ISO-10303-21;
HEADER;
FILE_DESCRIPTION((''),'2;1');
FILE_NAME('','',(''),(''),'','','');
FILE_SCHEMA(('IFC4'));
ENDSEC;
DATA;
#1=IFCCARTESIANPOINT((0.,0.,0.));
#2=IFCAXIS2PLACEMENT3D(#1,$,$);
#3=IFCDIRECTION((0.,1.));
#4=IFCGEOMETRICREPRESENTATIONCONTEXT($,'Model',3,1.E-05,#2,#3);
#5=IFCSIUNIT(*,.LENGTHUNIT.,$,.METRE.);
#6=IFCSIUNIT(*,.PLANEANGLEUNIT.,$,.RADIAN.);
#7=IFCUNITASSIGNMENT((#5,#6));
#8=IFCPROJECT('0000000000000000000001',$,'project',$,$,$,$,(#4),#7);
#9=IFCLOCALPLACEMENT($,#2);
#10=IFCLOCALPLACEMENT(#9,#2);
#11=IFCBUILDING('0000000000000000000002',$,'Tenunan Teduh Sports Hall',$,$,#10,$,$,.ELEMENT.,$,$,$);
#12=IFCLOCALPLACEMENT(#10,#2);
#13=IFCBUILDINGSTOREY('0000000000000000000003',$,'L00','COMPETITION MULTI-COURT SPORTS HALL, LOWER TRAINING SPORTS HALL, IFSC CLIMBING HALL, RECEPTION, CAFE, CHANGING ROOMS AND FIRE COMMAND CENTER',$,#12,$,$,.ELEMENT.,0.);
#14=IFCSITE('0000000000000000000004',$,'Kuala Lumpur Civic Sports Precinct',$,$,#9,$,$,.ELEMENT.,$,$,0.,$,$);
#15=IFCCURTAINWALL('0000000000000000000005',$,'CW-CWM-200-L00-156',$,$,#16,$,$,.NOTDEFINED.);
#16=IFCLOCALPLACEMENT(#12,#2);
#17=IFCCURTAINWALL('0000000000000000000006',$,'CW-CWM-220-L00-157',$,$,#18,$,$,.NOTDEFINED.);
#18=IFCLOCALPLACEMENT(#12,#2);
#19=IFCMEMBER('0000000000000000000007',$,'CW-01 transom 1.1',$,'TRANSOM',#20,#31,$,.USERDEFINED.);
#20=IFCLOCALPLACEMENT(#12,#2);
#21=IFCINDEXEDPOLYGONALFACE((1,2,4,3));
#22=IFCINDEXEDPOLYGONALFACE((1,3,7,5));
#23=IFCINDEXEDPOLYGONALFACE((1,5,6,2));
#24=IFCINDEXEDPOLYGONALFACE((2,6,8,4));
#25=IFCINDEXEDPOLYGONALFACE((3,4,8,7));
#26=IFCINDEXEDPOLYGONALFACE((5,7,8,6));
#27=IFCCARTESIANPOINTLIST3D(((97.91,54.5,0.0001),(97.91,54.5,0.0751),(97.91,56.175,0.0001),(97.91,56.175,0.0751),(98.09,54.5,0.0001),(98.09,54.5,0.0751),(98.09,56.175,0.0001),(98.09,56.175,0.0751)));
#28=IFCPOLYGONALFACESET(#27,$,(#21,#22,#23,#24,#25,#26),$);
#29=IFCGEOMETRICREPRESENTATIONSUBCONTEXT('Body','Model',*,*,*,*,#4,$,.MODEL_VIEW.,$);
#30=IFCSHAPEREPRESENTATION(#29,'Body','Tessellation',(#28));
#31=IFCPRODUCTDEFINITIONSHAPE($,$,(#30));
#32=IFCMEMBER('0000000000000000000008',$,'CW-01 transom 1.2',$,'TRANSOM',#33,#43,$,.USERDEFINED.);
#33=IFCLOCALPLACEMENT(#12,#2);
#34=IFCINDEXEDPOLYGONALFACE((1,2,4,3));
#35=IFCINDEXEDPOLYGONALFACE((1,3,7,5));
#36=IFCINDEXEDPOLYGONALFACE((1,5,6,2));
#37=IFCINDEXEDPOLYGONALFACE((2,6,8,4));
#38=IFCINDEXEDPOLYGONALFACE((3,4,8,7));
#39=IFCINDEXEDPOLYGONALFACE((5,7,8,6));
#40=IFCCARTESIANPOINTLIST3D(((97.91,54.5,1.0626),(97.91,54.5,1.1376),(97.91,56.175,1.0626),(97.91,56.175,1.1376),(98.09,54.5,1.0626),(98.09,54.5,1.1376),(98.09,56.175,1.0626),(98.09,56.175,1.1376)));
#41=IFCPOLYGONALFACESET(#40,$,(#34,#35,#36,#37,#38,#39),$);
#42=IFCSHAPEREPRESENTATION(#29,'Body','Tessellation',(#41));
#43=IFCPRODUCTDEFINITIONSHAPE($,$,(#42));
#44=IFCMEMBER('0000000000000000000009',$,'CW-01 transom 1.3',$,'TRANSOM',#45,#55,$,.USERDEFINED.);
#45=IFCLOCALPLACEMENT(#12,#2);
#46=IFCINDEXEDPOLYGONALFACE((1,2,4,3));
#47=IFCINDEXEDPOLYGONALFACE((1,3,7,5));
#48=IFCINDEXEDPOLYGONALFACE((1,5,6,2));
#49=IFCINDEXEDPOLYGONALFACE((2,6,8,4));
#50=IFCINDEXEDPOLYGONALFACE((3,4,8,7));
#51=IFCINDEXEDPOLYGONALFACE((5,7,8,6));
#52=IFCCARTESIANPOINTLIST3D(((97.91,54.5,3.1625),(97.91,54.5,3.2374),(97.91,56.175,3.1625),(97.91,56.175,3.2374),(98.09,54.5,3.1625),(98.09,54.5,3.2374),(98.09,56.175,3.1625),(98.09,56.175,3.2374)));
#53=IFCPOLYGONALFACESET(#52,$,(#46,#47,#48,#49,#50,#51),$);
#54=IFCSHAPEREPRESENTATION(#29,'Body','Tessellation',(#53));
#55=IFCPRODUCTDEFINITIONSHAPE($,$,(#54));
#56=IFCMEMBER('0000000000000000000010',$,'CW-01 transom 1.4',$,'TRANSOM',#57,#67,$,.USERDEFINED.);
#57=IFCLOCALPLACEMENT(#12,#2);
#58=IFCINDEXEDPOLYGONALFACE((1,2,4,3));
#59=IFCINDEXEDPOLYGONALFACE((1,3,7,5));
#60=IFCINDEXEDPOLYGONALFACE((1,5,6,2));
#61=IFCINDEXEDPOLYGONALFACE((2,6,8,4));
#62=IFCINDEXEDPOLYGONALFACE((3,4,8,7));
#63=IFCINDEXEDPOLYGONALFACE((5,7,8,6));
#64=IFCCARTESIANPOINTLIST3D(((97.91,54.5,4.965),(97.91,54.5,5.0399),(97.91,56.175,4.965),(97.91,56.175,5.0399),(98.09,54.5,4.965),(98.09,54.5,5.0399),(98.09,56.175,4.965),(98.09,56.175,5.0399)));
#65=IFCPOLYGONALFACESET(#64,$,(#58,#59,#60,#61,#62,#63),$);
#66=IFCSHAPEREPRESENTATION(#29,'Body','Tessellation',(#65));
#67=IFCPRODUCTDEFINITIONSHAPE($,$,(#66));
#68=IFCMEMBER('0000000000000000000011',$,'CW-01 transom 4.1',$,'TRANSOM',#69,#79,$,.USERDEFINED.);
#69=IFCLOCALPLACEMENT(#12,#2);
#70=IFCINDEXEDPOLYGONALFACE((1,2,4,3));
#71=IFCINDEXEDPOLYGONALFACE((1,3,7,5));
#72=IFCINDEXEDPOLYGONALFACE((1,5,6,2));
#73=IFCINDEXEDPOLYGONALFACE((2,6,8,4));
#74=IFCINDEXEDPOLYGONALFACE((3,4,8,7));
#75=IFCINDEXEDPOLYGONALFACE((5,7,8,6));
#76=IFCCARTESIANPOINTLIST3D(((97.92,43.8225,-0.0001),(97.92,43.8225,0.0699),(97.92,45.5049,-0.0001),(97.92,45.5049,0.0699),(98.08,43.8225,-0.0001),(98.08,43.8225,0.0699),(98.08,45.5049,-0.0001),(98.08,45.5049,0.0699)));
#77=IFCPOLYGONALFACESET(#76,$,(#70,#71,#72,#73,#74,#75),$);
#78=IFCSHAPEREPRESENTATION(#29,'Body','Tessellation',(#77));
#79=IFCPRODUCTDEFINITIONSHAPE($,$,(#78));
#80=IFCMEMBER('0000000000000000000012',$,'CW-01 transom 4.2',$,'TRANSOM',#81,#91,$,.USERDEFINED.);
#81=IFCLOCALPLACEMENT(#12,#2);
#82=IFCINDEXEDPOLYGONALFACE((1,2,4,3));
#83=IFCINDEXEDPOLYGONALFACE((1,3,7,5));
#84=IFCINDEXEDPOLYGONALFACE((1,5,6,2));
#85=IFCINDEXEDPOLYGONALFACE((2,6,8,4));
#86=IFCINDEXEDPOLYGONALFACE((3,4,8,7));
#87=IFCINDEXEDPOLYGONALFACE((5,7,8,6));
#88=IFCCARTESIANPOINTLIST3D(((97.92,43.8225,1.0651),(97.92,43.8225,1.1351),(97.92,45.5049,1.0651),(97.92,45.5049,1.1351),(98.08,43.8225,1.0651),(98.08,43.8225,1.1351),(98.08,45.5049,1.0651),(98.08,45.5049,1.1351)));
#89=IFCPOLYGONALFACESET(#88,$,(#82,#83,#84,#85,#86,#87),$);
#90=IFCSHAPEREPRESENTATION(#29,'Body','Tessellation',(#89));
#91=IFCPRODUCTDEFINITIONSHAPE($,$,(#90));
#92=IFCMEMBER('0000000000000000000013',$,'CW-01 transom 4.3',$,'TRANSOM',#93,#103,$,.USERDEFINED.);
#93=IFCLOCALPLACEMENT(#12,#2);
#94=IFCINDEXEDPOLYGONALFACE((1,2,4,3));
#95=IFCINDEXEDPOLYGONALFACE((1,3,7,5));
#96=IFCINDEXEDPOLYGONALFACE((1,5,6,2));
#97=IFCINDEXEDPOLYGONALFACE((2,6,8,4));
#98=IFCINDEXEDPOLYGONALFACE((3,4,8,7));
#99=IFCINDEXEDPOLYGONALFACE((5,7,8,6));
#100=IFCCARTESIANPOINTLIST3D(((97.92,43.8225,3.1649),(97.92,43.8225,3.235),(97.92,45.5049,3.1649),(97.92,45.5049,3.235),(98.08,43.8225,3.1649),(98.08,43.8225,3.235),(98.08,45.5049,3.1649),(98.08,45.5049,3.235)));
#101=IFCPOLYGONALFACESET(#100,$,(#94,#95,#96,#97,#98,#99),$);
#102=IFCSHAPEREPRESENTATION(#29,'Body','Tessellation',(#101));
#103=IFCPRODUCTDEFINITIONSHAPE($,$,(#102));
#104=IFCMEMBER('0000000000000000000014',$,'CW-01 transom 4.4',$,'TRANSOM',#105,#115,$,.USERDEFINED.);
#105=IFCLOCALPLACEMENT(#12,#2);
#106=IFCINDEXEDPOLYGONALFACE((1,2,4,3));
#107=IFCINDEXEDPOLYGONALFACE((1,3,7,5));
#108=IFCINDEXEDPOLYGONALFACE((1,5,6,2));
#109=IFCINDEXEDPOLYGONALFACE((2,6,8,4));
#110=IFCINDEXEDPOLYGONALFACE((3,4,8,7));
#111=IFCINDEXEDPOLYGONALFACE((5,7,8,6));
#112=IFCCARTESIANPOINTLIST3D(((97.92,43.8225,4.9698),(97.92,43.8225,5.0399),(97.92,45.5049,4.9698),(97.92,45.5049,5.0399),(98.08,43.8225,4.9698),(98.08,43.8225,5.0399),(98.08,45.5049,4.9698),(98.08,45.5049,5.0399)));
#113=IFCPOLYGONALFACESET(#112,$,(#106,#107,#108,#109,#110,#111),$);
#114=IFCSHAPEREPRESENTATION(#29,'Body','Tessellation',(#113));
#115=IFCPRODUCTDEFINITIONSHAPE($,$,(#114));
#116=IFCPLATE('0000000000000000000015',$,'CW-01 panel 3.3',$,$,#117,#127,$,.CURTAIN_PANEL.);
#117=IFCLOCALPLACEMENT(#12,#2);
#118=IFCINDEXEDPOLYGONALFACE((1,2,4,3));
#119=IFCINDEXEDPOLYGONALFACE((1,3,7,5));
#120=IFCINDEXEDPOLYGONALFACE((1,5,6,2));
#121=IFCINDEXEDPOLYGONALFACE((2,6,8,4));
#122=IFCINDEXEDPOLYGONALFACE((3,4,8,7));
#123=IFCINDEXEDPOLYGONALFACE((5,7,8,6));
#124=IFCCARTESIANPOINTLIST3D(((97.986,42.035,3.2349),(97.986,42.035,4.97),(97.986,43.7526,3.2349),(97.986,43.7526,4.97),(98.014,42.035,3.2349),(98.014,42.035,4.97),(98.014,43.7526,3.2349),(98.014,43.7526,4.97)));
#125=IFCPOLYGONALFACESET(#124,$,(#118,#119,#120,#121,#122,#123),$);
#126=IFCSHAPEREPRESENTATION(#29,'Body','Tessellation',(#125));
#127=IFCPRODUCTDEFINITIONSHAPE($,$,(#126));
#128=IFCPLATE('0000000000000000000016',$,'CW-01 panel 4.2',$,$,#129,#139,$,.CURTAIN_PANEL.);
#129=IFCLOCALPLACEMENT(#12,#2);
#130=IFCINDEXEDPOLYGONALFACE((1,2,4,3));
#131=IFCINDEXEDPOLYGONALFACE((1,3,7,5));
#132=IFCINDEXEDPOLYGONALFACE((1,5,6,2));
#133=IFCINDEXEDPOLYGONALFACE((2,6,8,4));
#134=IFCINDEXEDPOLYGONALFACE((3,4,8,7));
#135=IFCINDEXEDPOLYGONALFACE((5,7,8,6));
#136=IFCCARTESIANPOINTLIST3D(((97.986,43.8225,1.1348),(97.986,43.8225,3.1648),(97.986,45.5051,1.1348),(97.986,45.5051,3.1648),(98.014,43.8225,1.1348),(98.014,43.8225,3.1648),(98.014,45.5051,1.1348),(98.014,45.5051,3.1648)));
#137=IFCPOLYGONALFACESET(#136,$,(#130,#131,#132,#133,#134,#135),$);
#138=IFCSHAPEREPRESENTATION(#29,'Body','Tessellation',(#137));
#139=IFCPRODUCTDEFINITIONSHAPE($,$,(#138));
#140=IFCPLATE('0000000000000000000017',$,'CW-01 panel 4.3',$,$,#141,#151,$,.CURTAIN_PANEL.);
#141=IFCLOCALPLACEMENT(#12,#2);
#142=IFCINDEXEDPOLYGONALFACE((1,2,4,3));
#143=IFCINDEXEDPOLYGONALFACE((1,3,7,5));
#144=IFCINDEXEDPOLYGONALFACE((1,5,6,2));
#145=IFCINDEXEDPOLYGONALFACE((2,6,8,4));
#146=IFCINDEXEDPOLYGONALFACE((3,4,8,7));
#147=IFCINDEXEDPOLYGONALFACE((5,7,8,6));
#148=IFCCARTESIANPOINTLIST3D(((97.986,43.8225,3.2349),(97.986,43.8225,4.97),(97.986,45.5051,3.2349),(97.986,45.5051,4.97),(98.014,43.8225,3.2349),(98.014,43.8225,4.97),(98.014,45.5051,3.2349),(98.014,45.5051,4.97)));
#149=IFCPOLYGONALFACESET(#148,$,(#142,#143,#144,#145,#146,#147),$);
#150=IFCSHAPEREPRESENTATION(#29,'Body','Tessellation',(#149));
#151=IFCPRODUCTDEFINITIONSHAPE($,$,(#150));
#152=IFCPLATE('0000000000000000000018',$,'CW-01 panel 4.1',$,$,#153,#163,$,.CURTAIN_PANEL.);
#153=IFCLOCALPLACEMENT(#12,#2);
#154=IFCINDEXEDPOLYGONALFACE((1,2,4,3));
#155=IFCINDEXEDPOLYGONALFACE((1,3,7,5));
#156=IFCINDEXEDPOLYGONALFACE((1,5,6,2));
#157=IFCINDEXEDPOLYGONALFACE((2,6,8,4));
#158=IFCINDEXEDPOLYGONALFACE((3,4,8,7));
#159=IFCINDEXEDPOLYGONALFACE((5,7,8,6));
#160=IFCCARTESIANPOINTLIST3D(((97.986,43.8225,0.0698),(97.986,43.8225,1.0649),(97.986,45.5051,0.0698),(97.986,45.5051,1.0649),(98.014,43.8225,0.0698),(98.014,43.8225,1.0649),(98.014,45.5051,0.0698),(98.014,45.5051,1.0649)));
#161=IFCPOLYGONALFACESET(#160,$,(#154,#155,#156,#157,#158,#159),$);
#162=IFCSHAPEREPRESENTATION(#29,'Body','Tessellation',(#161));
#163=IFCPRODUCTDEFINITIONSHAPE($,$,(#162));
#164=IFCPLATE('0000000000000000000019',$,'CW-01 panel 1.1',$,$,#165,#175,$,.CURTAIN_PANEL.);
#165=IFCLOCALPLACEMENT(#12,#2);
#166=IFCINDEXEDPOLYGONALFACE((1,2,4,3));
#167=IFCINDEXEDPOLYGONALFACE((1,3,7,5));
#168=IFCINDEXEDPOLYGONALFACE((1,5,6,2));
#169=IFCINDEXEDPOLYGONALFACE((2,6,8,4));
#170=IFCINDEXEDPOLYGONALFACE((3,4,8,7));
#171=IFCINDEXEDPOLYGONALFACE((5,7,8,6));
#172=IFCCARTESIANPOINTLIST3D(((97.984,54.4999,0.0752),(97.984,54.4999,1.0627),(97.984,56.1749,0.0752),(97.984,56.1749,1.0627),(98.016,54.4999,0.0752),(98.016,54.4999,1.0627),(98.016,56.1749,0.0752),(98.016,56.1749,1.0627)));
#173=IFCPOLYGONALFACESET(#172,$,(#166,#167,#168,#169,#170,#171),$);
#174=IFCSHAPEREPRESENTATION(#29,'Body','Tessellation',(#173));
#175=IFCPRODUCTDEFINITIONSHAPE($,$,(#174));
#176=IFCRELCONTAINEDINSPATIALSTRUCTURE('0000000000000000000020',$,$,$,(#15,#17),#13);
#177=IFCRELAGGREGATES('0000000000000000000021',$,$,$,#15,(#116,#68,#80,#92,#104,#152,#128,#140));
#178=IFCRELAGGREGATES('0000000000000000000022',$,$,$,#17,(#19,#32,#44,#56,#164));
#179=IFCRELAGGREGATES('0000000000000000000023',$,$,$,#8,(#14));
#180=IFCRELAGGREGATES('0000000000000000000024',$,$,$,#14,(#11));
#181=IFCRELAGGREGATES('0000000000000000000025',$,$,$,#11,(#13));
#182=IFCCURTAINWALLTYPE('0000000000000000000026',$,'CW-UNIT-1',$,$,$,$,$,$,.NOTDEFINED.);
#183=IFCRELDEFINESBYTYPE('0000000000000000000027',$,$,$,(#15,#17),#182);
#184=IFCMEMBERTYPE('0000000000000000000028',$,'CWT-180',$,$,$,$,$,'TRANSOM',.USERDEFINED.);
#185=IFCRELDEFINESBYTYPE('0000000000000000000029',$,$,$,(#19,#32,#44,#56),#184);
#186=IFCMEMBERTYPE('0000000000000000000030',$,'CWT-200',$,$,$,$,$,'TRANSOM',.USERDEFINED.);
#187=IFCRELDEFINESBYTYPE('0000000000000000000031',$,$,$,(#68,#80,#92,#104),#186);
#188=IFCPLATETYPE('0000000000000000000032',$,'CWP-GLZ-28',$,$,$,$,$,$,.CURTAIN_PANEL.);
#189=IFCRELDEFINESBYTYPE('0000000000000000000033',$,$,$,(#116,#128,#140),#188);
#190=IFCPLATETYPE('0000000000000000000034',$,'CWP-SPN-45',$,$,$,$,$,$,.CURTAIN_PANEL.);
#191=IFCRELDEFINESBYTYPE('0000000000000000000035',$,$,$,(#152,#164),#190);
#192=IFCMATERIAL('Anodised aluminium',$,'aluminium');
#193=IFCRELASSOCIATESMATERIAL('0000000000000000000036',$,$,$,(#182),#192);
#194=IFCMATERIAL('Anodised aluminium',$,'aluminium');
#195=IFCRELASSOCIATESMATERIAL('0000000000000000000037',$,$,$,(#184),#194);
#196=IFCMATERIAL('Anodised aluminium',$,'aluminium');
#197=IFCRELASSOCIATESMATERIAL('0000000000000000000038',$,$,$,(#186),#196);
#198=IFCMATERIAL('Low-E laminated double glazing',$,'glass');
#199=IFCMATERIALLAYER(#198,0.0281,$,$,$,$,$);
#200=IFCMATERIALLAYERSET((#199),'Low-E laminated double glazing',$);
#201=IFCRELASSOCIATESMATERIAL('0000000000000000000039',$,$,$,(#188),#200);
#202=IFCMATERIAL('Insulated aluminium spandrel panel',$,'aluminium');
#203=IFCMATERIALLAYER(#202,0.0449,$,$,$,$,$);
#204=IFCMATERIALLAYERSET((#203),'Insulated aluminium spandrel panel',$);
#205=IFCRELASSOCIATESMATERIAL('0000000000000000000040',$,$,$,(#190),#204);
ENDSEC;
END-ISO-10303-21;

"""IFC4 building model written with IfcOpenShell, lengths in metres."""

from ifc_helpers import new_model, si_unit, direction, frame, origin, origin_2d, place, context, subcontext, project, spatial, rectangle, extrude, material, layer, layer_set, material_profile, profile_set, type_object, element, aggregate, save


model = new_model("IFC4")

# Units and contexts
model_context = context("Model", 3, precision=1e-05, world=origin(), true_north=direction((0.0, 1.0)))
body_context = subcontext(model_context, "Body", "Model", "MODEL_VIEW")
ifc_project = project(units=[si_unit("LENGTHUNIT", "METRE"), si_unit("PLANEANGLEUNIT", "RADIAN")], contexts=[model_context])

# Site, building, storey
site_placement = place(None, origin())
site = spatial("IfcSite", under=ifc_project, at=site_placement, Name="Kuala Lumpur Civic Sports Precinct", CompositionType="ELEMENT", RefElevation=0.0)
building_placement = place(site_placement, origin())
building = spatial("IfcBuilding", under=site, at=building_placement, Name="Tenunan Teduh Sports Hall", CompositionType="ELEMENT")
storey_placement = place(building_placement, origin())
storey = spatial("IfcBuildingStorey", under=building, at=storey_placement, Name="L00", Description="COMPETITION MULTI-COURT SPORTS HALL, LOWER TRAINING SPORTS HALL, IFSC CLIMBING HALL, RECEPTION, CAFE, CHANGING ROOMS AND FIRE COMMAND CENTER", CompositionType="ELEMENT", Elevation=0.0)

# Curtain walls, members
ifc_material_1 = material(Name="Anodised aluminium", Category="aluminium")
curtain_wall_type = type_object("IfcCurtainWallType", Name="CW-UNIT-1", PredefinedType="NOTDEFINED", material=ifc_material_1)
curtain_wall_1_placement = place(storey_placement, origin())
curtain_wall_1 = element("IfcCurtainWall", 1, at=curtain_wall_1_placement, inside=storey, type_object=curtain_wall_type, Name="CW-CWM-200-L00-156", PredefinedType="NOTDEFINED")
curtain_wall_2_placement = place(storey_placement, origin())
curtain_wall_2 = element("IfcCurtainWall", 2, at=curtain_wall_2_placement, inside=storey, type_object=curtain_wall_type, Name="CW-CWM-220-L00-157", PredefinedType="NOTDEFINED")
ifc_material_2 = material(Name="Anodised aluminium", Category="aluminium")
ifc_material_profile_1 = material_profile(ifc_material_2, rectangle(XDim=0.075, YDim=0.1799, at=origin_2d()), Name="CWT 75x180")
ifc_profile_set_1 = profile_set([ifc_material_profile_1], Name="Anodised aluminium")
member_type_1 = type_object("IfcMemberType", Name="CWT-180", ElementType="TRANSOM", PredefinedType="USERDEFINED", material=ifc_profile_set_1)
member_1_placement = place(storey_placement, frame((98.0, 54.5, 0.0376), z_axis=(0.0, 1.0, 0.0), x_axis=(0.0, 0.0, 1.0)))
member_1 = element("IfcMember", 3, at=member_1_placement, type_object=member_type_1, Name="CW-01 transom 1.1", ObjectType="TRANSOM", PredefinedType="USERDEFINED", context=body_context, shape_type="SweptSolid", body=[
    extrude(rectangle(XDim=0.075, YDim=0.1799, at=origin_2d()), origin(), (0.0, 0.0, 1.0), 1.675),
])
member_2_placement = place(storey_placement, frame((98.0, 54.5, 1.1001), z_axis=(0.0, 1.0, 0.0), x_axis=(0.0, 0.0, 1.0)))
member_2 = element("IfcMember", 4, at=member_2_placement, type_object=member_type_1, Name="CW-01 transom 1.2", ObjectType="TRANSOM", PredefinedType="USERDEFINED", context=body_context, shape_type="SweptSolid", body=[
    extrude(rectangle(XDim=0.075, YDim=0.1799, at=origin_2d()), origin(), (0.0, 0.0, 1.0), 1.675),
])
member_3_placement = place(storey_placement, frame((98.0, 54.5, 3.2), z_axis=(0.0, 1.0, 0.0), x_axis=(0.0, 0.0, 1.0)))
member_3 = element("IfcMember", 5, at=member_3_placement, type_object=member_type_1, Name="CW-01 transom 1.3", ObjectType="TRANSOM", PredefinedType="USERDEFINED", context=body_context, shape_type="SweptSolid", body=[
    extrude(rectangle(XDim=0.075, YDim=0.1799, at=origin_2d()), origin(), (0.0, 0.0, 1.0), 1.675),
])
member_4_placement = place(storey_placement, frame((98.0, 54.5, 5.0024), z_axis=(0.0, 1.0, 0.0), x_axis=(0.0, 0.0, 1.0)))
member_4 = element("IfcMember", 6, at=member_4_placement, type_object=member_type_1, Name="CW-01 transom 1.4", ObjectType="TRANSOM", PredefinedType="USERDEFINED", context=body_context, shape_type="SweptSolid", body=[
    extrude(rectangle(XDim=0.075, YDim=0.1799, at=origin_2d()), origin(), (0.0, 0.0, 1.0), 1.675),
])

# Members
ifc_material_3 = material(Name="Anodised aluminium", Category="aluminium")
ifc_material_profile_2 = material_profile(ifc_material_3, rectangle(XDim=0.0701, YDim=0.1599, at=origin_2d()), Name="CWT 70x160")
ifc_profile_set_2 = profile_set([ifc_material_profile_2], Name="Anodised aluminium")
member_type_2 = type_object("IfcMemberType", Name="CWT-200", ElementType="TRANSOM", PredefinedType="USERDEFINED", material=ifc_profile_set_2)
member_5_placement = place(storey_placement, frame((98.0, 43.8225, 0.0349), z_axis=(0.0, 1.0, 0.0), x_axis=(0.0, 0.0, 1.0)))
member_5 = element("IfcMember", 7, at=member_5_placement, type_object=member_type_2, Name="CW-01 transom 4.1", ObjectType="TRANSOM", PredefinedType="USERDEFINED", context=body_context, shape_type="SweptSolid", body=[
    extrude(rectangle(XDim=0.0701, YDim=0.1599, at=origin_2d()), origin(), (0.0, 0.0, 1.0), 1.6824),
])
member_6_placement = place(storey_placement, frame((98.0, 43.8225, 1.1001), z_axis=(0.0, 1.0, 0.0), x_axis=(0.0, 0.0, 1.0)))
member_6 = element("IfcMember", 8, at=member_6_placement, type_object=member_type_2, Name="CW-01 transom 4.2", ObjectType="TRANSOM", PredefinedType="USERDEFINED", context=body_context, shape_type="SweptSolid", body=[
    extrude(rectangle(XDim=0.0701, YDim=0.1599, at=origin_2d()), origin(), (0.0, 0.0, 1.0), 1.6824),
])
member_7_placement = place(storey_placement, frame((98.0, 43.8225, 3.2), z_axis=(0.0, 1.0, 0.0), x_axis=(0.0, 0.0, 1.0)))
member_7 = element("IfcMember", 9, at=member_7_placement, type_object=member_type_2, Name="CW-01 transom 4.3", ObjectType="TRANSOM", PredefinedType="USERDEFINED", context=body_context, shape_type="SweptSolid", body=[
    extrude(rectangle(XDim=0.0701, YDim=0.1599, at=origin_2d()), origin(), (0.0, 0.0, 1.0), 1.6824),
])
member_8_placement = place(storey_placement, frame((98.0, 43.8225, 5.0049), z_axis=(0.0, 1.0, 0.0), x_axis=(0.0, 0.0, 1.0)))
member_8 = element("IfcMember", 10, at=member_8_placement, type_object=member_type_2, Name="CW-01 transom 4.4", ObjectType="TRANSOM", PredefinedType="USERDEFINED", context=body_context, shape_type="SweptSolid", body=[
    extrude(rectangle(XDim=0.0701, YDim=0.1599, at=origin_2d()), origin(), (0.0, 0.0, 1.0), 1.6824),
])

# Plates
ifc_material_4 = material(Name="Low-E laminated double glazing", Category="glass")
ifc_layer_1 = layer(ifc_material_4, 0.0281)
ifc_layer_set_1 = layer_set([ifc_layer_1], Name="Low-E laminated double glazing")
plate_type_1 = type_object("IfcPlateType", Name="CWP-GLZ-28", PredefinedType="CURTAIN_PANEL", material=ifc_layer_set_1)
plate_1_placement = place(storey_placement, frame((98.0, 42.8938, 3.2349), z_axis=(0.0, 0.0, 1.0), x_axis=(0.0, 1.0, 0.0)))
plate_1 = element("IfcPlate", 11, at=plate_1_placement, type_object=plate_type_1, Name="CW-01 panel 3.3", PredefinedType="CURTAIN_PANEL", context=body_context, shape_type="SweptSolid", body=[
    extrude(rectangle(XDim=1.7175, YDim=0.0281, at=origin_2d()), origin(), (0.0, 0.0, 1.0), 1.7351),
])
plate_2_placement = place(storey_placement, frame((98.0, 44.6638, 1.1348), z_axis=(0.0, 0.0, 1.0), x_axis=(0.0, 1.0, 0.0)))
plate_2 = element("IfcPlate", 12, at=plate_2_placement, type_object=plate_type_1, Name="CW-01 panel 4.2", PredefinedType="CURTAIN_PANEL", context=body_context, shape_type="SweptSolid", body=[
    extrude(rectangle(XDim=1.6826, YDim=0.0281, at=origin_2d()), origin(), (0.0, 0.0, 1.0), 2.03),
])
plate_3_placement = place(storey_placement, frame((98.0, 44.6638, 3.2349), z_axis=(0.0, 0.0, 1.0), x_axis=(0.0, 1.0, 0.0)))
plate_3 = element("IfcPlate", 13, at=plate_3_placement, type_object=plate_type_1, Name="CW-01 panel 4.3", PredefinedType="CURTAIN_PANEL", context=body_context, shape_type="SweptSolid", body=[
    extrude(rectangle(XDim=1.6826, YDim=0.0281, at=origin_2d()), origin(), (0.0, 0.0, 1.0), 1.7351),
])
ifc_material_5 = material(Name="Insulated aluminium spandrel panel", Category="aluminium")
ifc_layer_2 = layer(ifc_material_5, 0.0449)
ifc_layer_set_2 = layer_set([ifc_layer_2], Name="Insulated aluminium spandrel panel")
plate_type_2 = type_object("IfcPlateType", Name="CWP-SPN-45", PredefinedType="CURTAIN_PANEL", material=ifc_layer_set_2)
plate_4_placement = place(storey_placement, frame((98.0, 44.6638, 0.0698), z_axis=(0.0, 0.0, 1.0), x_axis=(0.0, 1.0, 0.0)))
plate_4 = element("IfcPlate", 14, at=plate_4_placement, type_object=plate_type_2, Name="CW-01 panel 4.1", PredefinedType="CURTAIN_PANEL", context=body_context, shape_type="SweptSolid", body=[
    extrude(rectangle(XDim=1.6826, YDim=0.0281, at=origin_2d()), origin(), (0.0, 0.0, 1.0), 0.9951),
])
aggregate(curtain_wall_1, [plate_1, member_5, member_6, member_7, member_8, plate_4, plate_2, plate_3])
plate_5_placement = place(storey_placement, frame((98.0, 55.3374, 0.0752), z_axis=(0.0, 0.0, 1.0), x_axis=(0.0, 1.0, 0.0)))
plate_5 = element("IfcPlate", 15, at=plate_5_placement, type_object=plate_type_2, Name="CW-01 panel 1.1", PredefinedType="CURTAIN_PANEL", context=body_context, shape_type="SweptSolid", body=[
    extrude(rectangle(XDim=1.675, YDim=0.032, at=origin_2d()), origin(), (0.0, 0.0, 1.0), 0.9875),
])
aggregate(curtain_wall_2, [member_1, member_2, member_3, member_4, plate_5])

save(model, "model.ifc")
